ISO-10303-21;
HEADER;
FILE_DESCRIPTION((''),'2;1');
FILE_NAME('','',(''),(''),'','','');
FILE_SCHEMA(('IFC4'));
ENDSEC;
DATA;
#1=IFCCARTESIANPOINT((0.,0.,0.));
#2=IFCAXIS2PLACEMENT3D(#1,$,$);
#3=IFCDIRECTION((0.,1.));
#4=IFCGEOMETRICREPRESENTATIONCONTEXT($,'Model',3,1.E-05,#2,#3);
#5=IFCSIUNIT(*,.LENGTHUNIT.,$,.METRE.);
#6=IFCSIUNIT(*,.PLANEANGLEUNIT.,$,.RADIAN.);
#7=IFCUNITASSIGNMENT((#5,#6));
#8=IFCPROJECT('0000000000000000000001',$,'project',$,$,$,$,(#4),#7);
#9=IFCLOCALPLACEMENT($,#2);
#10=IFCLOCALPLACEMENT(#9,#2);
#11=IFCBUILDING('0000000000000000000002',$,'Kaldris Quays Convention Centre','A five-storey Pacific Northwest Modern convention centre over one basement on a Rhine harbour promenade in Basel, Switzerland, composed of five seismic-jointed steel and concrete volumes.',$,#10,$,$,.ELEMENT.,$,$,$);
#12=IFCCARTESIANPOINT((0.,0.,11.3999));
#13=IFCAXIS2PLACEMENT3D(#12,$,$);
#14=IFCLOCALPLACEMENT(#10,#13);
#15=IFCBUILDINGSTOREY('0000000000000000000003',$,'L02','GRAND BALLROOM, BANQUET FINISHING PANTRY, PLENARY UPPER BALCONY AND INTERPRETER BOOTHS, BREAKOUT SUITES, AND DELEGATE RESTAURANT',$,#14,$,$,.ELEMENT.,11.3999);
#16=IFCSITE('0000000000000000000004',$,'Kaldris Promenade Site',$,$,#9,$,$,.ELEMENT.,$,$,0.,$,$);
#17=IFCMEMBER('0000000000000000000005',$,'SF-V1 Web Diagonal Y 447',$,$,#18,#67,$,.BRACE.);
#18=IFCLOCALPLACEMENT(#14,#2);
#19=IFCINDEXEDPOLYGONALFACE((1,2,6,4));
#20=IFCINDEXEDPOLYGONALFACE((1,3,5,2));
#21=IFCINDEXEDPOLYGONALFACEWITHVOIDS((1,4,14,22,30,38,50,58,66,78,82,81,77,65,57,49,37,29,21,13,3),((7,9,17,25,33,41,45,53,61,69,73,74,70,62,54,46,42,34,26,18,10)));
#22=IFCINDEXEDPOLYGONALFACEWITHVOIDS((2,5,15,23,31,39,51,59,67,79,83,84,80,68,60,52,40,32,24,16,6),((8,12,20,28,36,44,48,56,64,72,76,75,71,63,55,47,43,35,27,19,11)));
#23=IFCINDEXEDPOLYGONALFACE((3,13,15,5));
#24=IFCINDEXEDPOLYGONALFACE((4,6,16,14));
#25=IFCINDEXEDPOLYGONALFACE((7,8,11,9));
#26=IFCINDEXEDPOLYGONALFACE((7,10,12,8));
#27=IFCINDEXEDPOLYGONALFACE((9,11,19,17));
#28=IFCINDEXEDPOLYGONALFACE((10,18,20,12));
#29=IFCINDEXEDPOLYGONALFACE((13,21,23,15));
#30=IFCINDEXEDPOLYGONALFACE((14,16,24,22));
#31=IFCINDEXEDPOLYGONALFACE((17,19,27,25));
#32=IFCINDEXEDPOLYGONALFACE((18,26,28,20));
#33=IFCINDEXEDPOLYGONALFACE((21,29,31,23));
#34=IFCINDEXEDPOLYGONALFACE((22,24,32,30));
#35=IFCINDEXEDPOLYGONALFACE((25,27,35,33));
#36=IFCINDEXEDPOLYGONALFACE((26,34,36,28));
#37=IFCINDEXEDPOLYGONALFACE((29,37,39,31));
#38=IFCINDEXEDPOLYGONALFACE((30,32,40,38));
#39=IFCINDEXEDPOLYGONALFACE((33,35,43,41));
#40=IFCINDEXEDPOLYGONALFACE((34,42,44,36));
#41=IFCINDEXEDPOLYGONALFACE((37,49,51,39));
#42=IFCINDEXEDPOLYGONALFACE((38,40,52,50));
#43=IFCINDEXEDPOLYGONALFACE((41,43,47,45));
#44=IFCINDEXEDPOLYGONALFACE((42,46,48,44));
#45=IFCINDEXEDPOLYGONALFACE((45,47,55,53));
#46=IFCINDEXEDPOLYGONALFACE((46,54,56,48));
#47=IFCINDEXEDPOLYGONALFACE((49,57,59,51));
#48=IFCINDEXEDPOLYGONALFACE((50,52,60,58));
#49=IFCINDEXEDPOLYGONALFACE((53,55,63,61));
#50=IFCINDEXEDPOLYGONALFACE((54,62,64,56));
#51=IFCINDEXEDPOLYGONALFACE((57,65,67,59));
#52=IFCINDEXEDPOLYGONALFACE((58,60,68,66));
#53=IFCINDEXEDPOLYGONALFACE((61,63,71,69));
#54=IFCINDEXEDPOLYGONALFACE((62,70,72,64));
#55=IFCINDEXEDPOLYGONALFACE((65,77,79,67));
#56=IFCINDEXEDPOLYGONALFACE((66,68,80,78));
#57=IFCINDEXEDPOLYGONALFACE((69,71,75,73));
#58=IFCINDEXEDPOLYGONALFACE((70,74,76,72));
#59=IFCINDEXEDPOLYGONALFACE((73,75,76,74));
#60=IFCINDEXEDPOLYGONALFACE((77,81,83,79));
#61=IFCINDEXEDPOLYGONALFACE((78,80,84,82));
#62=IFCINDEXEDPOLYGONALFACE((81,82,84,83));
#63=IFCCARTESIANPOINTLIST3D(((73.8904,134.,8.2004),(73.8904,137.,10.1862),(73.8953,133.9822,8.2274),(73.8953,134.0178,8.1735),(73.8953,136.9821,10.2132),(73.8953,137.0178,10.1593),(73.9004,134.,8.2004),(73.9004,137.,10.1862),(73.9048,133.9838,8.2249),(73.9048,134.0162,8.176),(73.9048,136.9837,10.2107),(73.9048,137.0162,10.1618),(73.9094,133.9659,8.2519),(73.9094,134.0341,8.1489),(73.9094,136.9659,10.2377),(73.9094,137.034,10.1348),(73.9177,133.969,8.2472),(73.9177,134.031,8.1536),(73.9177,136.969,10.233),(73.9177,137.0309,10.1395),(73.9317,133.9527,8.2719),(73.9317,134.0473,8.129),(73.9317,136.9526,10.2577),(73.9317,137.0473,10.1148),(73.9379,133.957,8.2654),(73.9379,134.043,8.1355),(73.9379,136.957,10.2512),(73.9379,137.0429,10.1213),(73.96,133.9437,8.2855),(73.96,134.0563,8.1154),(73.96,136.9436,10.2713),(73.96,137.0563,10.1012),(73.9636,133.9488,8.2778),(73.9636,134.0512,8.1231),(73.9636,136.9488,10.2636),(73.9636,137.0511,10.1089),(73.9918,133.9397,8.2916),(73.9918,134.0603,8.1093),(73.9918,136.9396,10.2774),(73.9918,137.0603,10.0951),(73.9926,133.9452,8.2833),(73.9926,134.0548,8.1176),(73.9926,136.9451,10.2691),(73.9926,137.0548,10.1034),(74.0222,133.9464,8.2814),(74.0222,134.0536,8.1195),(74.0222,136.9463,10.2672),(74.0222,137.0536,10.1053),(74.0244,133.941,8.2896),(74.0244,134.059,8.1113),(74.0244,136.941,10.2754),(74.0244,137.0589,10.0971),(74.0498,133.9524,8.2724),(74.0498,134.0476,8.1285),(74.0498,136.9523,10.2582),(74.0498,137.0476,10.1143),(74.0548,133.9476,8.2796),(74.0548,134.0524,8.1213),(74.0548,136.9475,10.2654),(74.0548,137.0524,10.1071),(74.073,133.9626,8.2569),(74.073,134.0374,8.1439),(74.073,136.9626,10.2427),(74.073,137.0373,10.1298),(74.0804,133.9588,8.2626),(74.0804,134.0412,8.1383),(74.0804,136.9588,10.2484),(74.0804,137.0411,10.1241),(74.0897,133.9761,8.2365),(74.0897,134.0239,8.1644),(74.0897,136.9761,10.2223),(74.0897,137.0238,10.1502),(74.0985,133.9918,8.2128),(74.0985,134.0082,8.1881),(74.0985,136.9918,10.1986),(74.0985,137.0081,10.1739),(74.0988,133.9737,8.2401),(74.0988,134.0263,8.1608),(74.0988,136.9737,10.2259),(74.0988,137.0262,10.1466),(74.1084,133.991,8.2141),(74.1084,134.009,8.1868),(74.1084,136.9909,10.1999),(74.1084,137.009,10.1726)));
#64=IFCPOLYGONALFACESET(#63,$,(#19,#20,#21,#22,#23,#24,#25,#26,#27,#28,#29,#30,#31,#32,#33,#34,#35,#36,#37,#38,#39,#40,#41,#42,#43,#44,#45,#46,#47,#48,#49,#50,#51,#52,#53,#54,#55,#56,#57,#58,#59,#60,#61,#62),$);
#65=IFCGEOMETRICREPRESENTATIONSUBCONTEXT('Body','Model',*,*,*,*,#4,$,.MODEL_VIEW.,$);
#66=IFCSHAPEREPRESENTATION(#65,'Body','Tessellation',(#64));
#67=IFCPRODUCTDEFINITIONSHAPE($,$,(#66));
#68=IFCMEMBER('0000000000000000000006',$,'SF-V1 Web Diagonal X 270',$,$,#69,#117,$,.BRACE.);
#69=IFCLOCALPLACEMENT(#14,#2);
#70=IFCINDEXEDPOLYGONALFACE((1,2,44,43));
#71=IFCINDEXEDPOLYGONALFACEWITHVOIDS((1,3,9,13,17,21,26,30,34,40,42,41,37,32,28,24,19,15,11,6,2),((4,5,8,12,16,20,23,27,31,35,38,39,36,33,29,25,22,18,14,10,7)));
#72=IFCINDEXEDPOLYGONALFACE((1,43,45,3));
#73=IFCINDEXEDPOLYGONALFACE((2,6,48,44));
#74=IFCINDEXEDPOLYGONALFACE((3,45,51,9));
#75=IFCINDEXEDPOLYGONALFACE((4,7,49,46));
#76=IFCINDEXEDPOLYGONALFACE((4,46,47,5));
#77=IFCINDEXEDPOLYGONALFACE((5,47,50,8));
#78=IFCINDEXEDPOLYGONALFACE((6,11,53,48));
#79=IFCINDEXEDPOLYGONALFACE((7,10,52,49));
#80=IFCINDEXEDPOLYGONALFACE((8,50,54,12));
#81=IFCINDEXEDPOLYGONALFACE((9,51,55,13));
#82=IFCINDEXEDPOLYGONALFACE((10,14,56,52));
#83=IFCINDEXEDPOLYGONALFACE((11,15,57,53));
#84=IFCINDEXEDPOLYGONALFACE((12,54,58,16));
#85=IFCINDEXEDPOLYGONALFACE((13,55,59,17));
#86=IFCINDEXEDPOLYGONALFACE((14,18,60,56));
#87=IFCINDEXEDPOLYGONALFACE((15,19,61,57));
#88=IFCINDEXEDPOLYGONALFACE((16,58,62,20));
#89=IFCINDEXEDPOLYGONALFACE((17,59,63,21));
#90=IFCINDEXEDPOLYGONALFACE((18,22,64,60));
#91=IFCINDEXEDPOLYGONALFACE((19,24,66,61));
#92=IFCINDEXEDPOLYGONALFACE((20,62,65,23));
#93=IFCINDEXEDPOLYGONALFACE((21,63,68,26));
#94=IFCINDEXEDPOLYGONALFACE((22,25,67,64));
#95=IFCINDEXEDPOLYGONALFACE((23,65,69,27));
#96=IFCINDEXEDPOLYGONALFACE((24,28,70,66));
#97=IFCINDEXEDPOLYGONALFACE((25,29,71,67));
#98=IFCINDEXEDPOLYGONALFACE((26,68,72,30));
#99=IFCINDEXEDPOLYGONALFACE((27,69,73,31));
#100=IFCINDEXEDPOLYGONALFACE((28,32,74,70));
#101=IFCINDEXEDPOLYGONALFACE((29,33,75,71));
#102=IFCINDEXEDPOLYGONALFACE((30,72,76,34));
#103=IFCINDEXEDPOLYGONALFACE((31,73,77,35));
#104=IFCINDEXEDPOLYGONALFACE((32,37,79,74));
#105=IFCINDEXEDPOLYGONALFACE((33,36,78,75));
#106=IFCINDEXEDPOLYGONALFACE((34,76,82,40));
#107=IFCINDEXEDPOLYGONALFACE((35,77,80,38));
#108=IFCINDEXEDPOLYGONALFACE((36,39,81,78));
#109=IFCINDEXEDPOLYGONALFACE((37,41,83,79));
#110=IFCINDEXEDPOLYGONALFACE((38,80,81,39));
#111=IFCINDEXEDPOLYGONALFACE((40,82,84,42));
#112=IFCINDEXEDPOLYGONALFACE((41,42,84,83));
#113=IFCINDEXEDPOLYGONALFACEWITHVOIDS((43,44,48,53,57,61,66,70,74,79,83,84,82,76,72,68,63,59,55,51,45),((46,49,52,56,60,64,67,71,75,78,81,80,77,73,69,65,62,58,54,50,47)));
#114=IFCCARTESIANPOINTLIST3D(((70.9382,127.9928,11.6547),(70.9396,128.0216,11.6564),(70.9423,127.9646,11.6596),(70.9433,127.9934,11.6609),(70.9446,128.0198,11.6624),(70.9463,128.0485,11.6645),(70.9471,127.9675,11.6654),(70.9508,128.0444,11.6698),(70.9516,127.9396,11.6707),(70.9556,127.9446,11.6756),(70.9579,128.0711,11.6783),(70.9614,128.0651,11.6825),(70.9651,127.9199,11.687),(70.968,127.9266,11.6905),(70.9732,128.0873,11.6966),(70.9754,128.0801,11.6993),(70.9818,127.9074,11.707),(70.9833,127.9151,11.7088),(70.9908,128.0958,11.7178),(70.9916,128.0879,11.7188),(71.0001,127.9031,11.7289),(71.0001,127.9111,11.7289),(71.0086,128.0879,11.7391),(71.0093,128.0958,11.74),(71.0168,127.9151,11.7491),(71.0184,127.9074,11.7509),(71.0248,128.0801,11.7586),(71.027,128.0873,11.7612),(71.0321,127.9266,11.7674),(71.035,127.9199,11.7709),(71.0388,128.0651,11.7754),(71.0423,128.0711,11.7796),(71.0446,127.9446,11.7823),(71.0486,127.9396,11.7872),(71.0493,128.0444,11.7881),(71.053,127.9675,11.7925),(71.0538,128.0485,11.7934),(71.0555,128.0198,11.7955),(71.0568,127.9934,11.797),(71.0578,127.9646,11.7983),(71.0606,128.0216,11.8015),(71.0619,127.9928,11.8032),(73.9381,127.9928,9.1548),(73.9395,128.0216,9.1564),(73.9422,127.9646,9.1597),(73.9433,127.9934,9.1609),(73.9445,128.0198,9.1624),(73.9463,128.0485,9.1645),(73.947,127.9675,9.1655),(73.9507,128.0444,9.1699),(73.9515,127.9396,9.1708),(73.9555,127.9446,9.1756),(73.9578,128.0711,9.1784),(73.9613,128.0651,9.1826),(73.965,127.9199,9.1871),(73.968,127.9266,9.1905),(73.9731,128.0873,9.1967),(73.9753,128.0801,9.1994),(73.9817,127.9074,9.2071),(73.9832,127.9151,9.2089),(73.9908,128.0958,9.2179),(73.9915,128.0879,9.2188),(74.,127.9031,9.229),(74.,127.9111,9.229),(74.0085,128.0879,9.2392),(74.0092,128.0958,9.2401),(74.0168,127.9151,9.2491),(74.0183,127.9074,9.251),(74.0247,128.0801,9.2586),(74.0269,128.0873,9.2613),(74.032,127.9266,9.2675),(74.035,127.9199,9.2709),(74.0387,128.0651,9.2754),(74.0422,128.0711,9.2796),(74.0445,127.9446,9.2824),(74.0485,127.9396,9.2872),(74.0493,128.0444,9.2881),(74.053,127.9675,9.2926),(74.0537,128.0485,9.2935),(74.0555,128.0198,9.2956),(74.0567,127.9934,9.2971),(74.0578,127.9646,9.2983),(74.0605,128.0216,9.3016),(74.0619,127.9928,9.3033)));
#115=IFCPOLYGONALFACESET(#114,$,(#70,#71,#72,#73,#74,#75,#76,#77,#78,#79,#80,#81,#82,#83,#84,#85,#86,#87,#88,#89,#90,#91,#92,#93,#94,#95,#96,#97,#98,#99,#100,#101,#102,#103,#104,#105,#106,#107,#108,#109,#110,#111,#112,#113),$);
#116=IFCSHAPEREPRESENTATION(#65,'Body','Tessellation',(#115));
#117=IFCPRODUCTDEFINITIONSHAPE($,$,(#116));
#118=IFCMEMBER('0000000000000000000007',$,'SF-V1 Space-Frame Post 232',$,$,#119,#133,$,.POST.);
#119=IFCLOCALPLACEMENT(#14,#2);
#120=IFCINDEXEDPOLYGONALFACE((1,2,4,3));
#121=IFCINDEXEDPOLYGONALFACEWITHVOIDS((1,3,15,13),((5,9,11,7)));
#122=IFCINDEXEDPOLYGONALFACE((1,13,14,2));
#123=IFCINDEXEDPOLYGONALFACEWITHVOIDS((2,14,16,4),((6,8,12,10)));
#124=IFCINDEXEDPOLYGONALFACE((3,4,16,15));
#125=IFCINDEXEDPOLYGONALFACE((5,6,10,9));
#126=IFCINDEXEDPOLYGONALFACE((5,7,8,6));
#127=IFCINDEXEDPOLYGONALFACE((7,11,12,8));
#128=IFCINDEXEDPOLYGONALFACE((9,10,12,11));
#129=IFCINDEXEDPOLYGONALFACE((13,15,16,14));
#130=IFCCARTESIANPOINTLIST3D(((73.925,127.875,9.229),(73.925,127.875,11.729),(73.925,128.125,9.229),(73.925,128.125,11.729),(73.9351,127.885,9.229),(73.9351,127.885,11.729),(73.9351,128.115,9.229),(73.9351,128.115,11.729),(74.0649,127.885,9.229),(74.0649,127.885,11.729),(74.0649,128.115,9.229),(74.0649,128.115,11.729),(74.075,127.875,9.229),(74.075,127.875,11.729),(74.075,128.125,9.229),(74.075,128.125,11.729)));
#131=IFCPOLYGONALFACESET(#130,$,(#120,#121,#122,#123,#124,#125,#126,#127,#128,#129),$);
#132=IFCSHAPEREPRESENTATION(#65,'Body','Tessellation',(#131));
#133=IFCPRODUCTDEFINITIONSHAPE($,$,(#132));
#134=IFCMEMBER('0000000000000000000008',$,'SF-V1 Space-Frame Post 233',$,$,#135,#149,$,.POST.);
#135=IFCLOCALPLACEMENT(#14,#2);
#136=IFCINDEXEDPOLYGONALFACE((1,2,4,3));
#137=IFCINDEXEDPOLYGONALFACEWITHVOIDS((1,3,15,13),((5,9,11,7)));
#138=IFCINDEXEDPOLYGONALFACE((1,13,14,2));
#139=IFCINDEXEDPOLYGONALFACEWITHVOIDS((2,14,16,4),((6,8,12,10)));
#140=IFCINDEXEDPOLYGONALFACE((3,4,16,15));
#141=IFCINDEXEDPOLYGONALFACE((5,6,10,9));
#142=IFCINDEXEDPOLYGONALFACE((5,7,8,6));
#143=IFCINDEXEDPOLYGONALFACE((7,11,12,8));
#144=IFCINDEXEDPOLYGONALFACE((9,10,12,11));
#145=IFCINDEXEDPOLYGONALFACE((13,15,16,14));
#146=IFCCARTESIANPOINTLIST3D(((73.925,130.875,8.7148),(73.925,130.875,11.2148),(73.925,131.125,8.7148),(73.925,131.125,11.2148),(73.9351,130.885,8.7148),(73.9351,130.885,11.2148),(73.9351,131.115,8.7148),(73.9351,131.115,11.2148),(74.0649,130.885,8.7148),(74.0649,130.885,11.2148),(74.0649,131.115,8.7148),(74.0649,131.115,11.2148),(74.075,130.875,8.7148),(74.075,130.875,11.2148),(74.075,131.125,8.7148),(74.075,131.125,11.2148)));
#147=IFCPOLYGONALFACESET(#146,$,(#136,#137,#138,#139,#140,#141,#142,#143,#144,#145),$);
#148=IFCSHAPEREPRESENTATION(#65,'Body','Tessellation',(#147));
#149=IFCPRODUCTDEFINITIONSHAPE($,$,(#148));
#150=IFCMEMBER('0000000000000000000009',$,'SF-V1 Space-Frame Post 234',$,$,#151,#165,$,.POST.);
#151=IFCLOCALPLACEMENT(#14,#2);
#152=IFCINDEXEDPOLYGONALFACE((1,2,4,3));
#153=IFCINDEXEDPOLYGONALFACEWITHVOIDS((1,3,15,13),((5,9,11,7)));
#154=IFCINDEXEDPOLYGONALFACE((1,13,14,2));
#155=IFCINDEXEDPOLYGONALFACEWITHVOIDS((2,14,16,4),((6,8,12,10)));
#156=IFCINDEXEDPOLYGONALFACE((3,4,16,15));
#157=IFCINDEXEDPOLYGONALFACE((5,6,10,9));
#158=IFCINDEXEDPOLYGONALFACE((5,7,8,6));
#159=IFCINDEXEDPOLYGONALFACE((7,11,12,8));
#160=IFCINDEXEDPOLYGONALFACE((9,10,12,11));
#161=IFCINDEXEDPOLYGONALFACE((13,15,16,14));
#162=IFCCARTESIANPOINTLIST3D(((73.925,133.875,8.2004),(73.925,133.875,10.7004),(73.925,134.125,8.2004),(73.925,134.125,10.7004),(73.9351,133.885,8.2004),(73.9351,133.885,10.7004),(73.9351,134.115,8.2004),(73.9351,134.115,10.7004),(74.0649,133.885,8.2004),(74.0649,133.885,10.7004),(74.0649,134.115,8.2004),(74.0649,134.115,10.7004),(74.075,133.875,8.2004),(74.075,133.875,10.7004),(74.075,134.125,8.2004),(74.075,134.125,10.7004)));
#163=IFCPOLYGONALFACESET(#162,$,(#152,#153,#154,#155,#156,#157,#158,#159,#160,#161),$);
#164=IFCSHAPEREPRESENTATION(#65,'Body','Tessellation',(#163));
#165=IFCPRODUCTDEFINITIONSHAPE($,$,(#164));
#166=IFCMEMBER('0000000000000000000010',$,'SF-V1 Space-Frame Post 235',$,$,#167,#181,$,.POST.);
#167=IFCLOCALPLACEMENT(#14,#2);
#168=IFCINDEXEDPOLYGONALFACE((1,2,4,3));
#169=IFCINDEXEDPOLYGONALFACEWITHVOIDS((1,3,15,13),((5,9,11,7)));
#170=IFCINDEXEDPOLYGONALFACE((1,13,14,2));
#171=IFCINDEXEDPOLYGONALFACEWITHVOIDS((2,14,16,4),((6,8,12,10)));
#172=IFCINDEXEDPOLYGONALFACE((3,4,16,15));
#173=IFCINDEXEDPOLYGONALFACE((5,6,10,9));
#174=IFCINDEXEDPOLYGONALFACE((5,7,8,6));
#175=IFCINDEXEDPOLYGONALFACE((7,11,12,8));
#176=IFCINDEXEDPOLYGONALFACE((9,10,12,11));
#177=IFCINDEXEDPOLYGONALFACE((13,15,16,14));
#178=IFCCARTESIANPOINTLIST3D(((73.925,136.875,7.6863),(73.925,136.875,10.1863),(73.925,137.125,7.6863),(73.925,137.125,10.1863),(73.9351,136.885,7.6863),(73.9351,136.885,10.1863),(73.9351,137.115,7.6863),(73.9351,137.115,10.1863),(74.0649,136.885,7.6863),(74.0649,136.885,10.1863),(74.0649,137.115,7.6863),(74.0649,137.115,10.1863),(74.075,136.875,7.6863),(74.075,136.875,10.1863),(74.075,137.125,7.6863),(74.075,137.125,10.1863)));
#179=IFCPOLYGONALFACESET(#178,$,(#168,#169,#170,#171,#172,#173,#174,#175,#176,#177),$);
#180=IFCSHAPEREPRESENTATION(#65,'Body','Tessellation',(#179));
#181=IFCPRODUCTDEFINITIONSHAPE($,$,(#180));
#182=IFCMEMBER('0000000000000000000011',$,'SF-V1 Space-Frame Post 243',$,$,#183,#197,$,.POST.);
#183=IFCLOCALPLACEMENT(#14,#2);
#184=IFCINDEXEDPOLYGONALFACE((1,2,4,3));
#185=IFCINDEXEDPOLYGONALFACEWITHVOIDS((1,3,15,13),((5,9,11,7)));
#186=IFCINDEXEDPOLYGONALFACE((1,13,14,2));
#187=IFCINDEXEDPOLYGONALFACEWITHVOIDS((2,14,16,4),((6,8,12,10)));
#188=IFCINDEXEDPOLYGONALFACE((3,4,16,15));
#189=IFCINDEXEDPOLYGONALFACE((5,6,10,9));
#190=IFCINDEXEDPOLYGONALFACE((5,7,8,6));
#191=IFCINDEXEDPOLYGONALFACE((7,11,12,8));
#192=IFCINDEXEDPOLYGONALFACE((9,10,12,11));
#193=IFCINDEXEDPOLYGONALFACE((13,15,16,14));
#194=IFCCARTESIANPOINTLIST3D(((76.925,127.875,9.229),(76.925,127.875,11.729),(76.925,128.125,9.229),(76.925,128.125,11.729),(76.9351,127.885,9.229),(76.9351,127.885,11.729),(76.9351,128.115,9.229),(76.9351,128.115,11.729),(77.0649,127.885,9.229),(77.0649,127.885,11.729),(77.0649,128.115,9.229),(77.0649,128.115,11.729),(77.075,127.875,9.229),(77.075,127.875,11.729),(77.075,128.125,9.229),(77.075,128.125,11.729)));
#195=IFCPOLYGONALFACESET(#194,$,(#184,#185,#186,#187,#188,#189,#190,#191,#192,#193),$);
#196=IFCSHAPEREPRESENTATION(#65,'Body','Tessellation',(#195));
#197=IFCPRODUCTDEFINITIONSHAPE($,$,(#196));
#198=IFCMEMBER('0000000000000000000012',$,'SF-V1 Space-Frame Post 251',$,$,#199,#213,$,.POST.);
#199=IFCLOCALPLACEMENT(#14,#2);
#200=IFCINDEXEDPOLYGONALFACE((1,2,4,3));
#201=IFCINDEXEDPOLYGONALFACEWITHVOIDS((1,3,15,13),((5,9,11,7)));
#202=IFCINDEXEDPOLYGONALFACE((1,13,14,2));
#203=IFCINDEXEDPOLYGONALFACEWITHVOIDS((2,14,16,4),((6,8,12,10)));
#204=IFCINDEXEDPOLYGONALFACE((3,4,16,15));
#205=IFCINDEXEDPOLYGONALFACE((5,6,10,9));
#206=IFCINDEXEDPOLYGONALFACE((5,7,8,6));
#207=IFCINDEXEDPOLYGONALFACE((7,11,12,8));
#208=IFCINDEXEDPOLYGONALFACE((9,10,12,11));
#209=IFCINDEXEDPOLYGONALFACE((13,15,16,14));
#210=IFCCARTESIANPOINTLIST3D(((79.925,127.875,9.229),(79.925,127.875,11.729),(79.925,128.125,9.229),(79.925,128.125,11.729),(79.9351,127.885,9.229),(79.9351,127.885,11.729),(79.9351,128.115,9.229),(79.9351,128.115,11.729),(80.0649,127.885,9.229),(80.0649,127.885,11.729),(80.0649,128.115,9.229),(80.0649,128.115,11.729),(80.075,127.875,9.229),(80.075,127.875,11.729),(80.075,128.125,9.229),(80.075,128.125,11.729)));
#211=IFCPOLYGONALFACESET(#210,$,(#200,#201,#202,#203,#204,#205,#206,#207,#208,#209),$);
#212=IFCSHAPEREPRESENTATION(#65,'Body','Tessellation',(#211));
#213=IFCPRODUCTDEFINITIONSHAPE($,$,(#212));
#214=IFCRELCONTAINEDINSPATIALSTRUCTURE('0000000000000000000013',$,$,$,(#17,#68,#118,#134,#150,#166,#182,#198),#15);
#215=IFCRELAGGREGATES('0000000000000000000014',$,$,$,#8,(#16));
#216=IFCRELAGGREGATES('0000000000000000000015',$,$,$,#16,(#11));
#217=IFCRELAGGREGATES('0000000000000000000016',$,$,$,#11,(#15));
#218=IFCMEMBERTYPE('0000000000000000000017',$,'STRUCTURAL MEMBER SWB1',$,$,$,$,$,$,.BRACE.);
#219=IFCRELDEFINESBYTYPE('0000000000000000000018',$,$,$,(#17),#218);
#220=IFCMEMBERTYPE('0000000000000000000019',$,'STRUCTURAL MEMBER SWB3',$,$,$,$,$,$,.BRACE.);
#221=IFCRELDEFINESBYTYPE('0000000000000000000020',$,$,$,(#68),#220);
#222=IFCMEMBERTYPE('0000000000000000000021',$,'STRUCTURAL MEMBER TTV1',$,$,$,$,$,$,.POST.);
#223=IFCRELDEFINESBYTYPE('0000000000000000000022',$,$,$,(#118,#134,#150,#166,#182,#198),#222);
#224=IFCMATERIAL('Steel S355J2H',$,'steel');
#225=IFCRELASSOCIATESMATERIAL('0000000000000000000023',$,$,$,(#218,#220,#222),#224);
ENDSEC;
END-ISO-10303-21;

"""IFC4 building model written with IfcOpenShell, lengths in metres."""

from ifc_helpers import new_model, si_unit, direction, frame, origin, origin_2d, place, context, subcontext, project, spatial, hollow_rectangle, hollow_circle, extrude, material, material_profile, profile_set, type_object, element, save


model = new_model("IFC4")

# Units and contexts
model_context = context("Model", 3, precision=1e-05, world=origin(), true_north=direction((0.0, 1.0)))
body_context = subcontext(model_context, "Body", "Model", "MODEL_VIEW")
ifc_project = project(units=[si_unit("LENGTHUNIT", "METRE"), si_unit("PLANEANGLEUNIT", "RADIAN")], contexts=[model_context])

# Site, building, storey
site_placement = place(None, origin())
site = spatial("IfcSite", under=ifc_project, at=site_placement, Name="Kaldris Promenade Site", CompositionType="ELEMENT", RefElevation=0.0)
building_placement = place(site_placement, origin())
building = spatial("IfcBuilding", under=site, at=building_placement, Name="Kaldris Quays Convention Centre", Description="A five-storey Pacific Northwest Modern convention centre over one basement on a Rhine harbour promenade in Basel, Switzerland, composed of five seismic-jointed steel and concrete volumes.", CompositionType="ELEMENT")
storey_placement = place(building_placement, frame((0.0, 0.0, 11.3999)))
storey = spatial("IfcBuildingStorey", under=building, at=storey_placement, Name="L02", Description="GRAND BALLROOM, BANQUET FINISHING PANTRY, PLENARY UPPER BALCONY AND INTERPRETER BOOTHS, BREAKOUT SUITES, AND DELEGATE RESTAURANT", CompositionType="ELEMENT", Elevation=11.3999)

# Members
ifc_material_1 = material(Name="Steel S355J2H", Category="steel")
ifc_material_profile_1 = material_profile(ifc_material_1, hollow_circle(Radius=0.1096, WallThickness=0.01, at=origin_2d()), Name="CHS 219.1x10")
ifc_profile_set_1 = profile_set([ifc_material_profile_1], Name="Steel S355J2H")
member_type_1 = type_object("IfcMemberType", Name="STRUCTURAL MEMBER SWB1", PredefinedType="BRACE", material=ifc_profile_set_1)
member_1_placement = place(storey_placement, frame((74.0, 134.0, 8.2004), z_axis=(0.0, 0.833862, 0.551972), x_axis=(-1.0, 0.0, 0.0)))
element("IfcMember", 1, at=member_1_placement, inside=storey, type_object=member_type_1, Name="SF-V1 Web Diagonal Y 447", PredefinedType="BRACE", context=body_context, shape_type="SweptSolid", body=[
    extrude(hollow_circle(Radius=0.1096, WallThickness=0.01, at=origin_2d()), origin(), (0.0, 0.0, 1.0), 3.5977),
])
ifc_material_profile_2 = material_profile(ifc_material_1, hollow_circle(Radius=0.0969, WallThickness=0.0081, at=origin_2d()), Name="CHS 193.7x8")
ifc_profile_set_2 = profile_set([ifc_material_profile_2], Name="Steel S355J2H")
member_type_2 = type_object("IfcMemberType", Name="STRUCTURAL MEMBER SWB3", PredefinedType="BRACE", material=ifc_profile_set_2)
member_2_placement = place(storey_placement, frame((74.0, 128.0, 9.229), z_axis=(-0.768221, 0.0, 0.640184), x_axis=(0.0, -1.0, 0.0)))
element("IfcMember", 2, at=member_2_placement, inside=storey, type_object=member_type_2, Name="SF-V1 Web Diagonal X 270", PredefinedType="BRACE", context=body_context, shape_type="SweptSolid", body=[
    extrude(hollow_circle(Radius=0.0969, WallThickness=0.0081, at=origin_2d()), origin(), (0.0, 0.0, 1.0), 3.905),
])
ifc_material_profile_3 = material_profile(ifc_material_1, hollow_rectangle(XDim=0.1499, YDim=0.25, WallThickness=0.01, at=origin_2d()), Name="RHS 250x150x10")
ifc_profile_set_3 = profile_set([ifc_material_profile_3], Name="Steel S355J2H")
member_type_3 = type_object("IfcMemberType", Name="STRUCTURAL MEMBER TTV1", PredefinedType="POST", material=ifc_profile_set_3)
for number, where, z_axis, x_axis, name in (
    (3, (74.0, 128.0, 9.229), (0.0, 0.0, 1.0), (1.0, 0.0, 0.0), "SF-V1 Space-Frame Post 232"),
    (4, (74.0, 131.0, 8.7148), (0.0, 0.0, 1.0), (1.0, 0.0, 0.0), "SF-V1 Space-Frame Post 233"),
    (5, (74.0, 134.0, 8.2004), (0.0, 0.0, 1.0), (1.0, 0.0, 0.0), "SF-V1 Space-Frame Post 234"),
    (6, (74.0, 137.0, 7.6863), (0.0, 0.0, 1.0), (1.0, 0.0, 0.0), "SF-V1 Space-Frame Post 235"),
    (7, (77.0, 128.0, 9.229), (0.0, 0.0, 1.0), (1.0, 0.0, 0.0), "SF-V1 Space-Frame Post 243"),
    (8, (80.0, 128.0, 9.229), (0.0, 0.0, 1.0), (1.0, 0.0, 0.0), "SF-V1 Space-Frame Post 251"),
):
    element("IfcMember", number, at=place(storey_placement, frame(where, z_axis=z_axis, x_axis=x_axis)), inside=storey, type_object=member_type_3, Name=name, PredefinedType="POST", context=body_context, shape_type="SweptSolid", body=[
        extrude(hollow_rectangle(XDim=0.1499, YDim=0.25, WallThickness=0.01, at=origin_2d()), origin(), (0.0, 0.0, 1.0), 2.5),
    ])

save(model, "model.ifc")
